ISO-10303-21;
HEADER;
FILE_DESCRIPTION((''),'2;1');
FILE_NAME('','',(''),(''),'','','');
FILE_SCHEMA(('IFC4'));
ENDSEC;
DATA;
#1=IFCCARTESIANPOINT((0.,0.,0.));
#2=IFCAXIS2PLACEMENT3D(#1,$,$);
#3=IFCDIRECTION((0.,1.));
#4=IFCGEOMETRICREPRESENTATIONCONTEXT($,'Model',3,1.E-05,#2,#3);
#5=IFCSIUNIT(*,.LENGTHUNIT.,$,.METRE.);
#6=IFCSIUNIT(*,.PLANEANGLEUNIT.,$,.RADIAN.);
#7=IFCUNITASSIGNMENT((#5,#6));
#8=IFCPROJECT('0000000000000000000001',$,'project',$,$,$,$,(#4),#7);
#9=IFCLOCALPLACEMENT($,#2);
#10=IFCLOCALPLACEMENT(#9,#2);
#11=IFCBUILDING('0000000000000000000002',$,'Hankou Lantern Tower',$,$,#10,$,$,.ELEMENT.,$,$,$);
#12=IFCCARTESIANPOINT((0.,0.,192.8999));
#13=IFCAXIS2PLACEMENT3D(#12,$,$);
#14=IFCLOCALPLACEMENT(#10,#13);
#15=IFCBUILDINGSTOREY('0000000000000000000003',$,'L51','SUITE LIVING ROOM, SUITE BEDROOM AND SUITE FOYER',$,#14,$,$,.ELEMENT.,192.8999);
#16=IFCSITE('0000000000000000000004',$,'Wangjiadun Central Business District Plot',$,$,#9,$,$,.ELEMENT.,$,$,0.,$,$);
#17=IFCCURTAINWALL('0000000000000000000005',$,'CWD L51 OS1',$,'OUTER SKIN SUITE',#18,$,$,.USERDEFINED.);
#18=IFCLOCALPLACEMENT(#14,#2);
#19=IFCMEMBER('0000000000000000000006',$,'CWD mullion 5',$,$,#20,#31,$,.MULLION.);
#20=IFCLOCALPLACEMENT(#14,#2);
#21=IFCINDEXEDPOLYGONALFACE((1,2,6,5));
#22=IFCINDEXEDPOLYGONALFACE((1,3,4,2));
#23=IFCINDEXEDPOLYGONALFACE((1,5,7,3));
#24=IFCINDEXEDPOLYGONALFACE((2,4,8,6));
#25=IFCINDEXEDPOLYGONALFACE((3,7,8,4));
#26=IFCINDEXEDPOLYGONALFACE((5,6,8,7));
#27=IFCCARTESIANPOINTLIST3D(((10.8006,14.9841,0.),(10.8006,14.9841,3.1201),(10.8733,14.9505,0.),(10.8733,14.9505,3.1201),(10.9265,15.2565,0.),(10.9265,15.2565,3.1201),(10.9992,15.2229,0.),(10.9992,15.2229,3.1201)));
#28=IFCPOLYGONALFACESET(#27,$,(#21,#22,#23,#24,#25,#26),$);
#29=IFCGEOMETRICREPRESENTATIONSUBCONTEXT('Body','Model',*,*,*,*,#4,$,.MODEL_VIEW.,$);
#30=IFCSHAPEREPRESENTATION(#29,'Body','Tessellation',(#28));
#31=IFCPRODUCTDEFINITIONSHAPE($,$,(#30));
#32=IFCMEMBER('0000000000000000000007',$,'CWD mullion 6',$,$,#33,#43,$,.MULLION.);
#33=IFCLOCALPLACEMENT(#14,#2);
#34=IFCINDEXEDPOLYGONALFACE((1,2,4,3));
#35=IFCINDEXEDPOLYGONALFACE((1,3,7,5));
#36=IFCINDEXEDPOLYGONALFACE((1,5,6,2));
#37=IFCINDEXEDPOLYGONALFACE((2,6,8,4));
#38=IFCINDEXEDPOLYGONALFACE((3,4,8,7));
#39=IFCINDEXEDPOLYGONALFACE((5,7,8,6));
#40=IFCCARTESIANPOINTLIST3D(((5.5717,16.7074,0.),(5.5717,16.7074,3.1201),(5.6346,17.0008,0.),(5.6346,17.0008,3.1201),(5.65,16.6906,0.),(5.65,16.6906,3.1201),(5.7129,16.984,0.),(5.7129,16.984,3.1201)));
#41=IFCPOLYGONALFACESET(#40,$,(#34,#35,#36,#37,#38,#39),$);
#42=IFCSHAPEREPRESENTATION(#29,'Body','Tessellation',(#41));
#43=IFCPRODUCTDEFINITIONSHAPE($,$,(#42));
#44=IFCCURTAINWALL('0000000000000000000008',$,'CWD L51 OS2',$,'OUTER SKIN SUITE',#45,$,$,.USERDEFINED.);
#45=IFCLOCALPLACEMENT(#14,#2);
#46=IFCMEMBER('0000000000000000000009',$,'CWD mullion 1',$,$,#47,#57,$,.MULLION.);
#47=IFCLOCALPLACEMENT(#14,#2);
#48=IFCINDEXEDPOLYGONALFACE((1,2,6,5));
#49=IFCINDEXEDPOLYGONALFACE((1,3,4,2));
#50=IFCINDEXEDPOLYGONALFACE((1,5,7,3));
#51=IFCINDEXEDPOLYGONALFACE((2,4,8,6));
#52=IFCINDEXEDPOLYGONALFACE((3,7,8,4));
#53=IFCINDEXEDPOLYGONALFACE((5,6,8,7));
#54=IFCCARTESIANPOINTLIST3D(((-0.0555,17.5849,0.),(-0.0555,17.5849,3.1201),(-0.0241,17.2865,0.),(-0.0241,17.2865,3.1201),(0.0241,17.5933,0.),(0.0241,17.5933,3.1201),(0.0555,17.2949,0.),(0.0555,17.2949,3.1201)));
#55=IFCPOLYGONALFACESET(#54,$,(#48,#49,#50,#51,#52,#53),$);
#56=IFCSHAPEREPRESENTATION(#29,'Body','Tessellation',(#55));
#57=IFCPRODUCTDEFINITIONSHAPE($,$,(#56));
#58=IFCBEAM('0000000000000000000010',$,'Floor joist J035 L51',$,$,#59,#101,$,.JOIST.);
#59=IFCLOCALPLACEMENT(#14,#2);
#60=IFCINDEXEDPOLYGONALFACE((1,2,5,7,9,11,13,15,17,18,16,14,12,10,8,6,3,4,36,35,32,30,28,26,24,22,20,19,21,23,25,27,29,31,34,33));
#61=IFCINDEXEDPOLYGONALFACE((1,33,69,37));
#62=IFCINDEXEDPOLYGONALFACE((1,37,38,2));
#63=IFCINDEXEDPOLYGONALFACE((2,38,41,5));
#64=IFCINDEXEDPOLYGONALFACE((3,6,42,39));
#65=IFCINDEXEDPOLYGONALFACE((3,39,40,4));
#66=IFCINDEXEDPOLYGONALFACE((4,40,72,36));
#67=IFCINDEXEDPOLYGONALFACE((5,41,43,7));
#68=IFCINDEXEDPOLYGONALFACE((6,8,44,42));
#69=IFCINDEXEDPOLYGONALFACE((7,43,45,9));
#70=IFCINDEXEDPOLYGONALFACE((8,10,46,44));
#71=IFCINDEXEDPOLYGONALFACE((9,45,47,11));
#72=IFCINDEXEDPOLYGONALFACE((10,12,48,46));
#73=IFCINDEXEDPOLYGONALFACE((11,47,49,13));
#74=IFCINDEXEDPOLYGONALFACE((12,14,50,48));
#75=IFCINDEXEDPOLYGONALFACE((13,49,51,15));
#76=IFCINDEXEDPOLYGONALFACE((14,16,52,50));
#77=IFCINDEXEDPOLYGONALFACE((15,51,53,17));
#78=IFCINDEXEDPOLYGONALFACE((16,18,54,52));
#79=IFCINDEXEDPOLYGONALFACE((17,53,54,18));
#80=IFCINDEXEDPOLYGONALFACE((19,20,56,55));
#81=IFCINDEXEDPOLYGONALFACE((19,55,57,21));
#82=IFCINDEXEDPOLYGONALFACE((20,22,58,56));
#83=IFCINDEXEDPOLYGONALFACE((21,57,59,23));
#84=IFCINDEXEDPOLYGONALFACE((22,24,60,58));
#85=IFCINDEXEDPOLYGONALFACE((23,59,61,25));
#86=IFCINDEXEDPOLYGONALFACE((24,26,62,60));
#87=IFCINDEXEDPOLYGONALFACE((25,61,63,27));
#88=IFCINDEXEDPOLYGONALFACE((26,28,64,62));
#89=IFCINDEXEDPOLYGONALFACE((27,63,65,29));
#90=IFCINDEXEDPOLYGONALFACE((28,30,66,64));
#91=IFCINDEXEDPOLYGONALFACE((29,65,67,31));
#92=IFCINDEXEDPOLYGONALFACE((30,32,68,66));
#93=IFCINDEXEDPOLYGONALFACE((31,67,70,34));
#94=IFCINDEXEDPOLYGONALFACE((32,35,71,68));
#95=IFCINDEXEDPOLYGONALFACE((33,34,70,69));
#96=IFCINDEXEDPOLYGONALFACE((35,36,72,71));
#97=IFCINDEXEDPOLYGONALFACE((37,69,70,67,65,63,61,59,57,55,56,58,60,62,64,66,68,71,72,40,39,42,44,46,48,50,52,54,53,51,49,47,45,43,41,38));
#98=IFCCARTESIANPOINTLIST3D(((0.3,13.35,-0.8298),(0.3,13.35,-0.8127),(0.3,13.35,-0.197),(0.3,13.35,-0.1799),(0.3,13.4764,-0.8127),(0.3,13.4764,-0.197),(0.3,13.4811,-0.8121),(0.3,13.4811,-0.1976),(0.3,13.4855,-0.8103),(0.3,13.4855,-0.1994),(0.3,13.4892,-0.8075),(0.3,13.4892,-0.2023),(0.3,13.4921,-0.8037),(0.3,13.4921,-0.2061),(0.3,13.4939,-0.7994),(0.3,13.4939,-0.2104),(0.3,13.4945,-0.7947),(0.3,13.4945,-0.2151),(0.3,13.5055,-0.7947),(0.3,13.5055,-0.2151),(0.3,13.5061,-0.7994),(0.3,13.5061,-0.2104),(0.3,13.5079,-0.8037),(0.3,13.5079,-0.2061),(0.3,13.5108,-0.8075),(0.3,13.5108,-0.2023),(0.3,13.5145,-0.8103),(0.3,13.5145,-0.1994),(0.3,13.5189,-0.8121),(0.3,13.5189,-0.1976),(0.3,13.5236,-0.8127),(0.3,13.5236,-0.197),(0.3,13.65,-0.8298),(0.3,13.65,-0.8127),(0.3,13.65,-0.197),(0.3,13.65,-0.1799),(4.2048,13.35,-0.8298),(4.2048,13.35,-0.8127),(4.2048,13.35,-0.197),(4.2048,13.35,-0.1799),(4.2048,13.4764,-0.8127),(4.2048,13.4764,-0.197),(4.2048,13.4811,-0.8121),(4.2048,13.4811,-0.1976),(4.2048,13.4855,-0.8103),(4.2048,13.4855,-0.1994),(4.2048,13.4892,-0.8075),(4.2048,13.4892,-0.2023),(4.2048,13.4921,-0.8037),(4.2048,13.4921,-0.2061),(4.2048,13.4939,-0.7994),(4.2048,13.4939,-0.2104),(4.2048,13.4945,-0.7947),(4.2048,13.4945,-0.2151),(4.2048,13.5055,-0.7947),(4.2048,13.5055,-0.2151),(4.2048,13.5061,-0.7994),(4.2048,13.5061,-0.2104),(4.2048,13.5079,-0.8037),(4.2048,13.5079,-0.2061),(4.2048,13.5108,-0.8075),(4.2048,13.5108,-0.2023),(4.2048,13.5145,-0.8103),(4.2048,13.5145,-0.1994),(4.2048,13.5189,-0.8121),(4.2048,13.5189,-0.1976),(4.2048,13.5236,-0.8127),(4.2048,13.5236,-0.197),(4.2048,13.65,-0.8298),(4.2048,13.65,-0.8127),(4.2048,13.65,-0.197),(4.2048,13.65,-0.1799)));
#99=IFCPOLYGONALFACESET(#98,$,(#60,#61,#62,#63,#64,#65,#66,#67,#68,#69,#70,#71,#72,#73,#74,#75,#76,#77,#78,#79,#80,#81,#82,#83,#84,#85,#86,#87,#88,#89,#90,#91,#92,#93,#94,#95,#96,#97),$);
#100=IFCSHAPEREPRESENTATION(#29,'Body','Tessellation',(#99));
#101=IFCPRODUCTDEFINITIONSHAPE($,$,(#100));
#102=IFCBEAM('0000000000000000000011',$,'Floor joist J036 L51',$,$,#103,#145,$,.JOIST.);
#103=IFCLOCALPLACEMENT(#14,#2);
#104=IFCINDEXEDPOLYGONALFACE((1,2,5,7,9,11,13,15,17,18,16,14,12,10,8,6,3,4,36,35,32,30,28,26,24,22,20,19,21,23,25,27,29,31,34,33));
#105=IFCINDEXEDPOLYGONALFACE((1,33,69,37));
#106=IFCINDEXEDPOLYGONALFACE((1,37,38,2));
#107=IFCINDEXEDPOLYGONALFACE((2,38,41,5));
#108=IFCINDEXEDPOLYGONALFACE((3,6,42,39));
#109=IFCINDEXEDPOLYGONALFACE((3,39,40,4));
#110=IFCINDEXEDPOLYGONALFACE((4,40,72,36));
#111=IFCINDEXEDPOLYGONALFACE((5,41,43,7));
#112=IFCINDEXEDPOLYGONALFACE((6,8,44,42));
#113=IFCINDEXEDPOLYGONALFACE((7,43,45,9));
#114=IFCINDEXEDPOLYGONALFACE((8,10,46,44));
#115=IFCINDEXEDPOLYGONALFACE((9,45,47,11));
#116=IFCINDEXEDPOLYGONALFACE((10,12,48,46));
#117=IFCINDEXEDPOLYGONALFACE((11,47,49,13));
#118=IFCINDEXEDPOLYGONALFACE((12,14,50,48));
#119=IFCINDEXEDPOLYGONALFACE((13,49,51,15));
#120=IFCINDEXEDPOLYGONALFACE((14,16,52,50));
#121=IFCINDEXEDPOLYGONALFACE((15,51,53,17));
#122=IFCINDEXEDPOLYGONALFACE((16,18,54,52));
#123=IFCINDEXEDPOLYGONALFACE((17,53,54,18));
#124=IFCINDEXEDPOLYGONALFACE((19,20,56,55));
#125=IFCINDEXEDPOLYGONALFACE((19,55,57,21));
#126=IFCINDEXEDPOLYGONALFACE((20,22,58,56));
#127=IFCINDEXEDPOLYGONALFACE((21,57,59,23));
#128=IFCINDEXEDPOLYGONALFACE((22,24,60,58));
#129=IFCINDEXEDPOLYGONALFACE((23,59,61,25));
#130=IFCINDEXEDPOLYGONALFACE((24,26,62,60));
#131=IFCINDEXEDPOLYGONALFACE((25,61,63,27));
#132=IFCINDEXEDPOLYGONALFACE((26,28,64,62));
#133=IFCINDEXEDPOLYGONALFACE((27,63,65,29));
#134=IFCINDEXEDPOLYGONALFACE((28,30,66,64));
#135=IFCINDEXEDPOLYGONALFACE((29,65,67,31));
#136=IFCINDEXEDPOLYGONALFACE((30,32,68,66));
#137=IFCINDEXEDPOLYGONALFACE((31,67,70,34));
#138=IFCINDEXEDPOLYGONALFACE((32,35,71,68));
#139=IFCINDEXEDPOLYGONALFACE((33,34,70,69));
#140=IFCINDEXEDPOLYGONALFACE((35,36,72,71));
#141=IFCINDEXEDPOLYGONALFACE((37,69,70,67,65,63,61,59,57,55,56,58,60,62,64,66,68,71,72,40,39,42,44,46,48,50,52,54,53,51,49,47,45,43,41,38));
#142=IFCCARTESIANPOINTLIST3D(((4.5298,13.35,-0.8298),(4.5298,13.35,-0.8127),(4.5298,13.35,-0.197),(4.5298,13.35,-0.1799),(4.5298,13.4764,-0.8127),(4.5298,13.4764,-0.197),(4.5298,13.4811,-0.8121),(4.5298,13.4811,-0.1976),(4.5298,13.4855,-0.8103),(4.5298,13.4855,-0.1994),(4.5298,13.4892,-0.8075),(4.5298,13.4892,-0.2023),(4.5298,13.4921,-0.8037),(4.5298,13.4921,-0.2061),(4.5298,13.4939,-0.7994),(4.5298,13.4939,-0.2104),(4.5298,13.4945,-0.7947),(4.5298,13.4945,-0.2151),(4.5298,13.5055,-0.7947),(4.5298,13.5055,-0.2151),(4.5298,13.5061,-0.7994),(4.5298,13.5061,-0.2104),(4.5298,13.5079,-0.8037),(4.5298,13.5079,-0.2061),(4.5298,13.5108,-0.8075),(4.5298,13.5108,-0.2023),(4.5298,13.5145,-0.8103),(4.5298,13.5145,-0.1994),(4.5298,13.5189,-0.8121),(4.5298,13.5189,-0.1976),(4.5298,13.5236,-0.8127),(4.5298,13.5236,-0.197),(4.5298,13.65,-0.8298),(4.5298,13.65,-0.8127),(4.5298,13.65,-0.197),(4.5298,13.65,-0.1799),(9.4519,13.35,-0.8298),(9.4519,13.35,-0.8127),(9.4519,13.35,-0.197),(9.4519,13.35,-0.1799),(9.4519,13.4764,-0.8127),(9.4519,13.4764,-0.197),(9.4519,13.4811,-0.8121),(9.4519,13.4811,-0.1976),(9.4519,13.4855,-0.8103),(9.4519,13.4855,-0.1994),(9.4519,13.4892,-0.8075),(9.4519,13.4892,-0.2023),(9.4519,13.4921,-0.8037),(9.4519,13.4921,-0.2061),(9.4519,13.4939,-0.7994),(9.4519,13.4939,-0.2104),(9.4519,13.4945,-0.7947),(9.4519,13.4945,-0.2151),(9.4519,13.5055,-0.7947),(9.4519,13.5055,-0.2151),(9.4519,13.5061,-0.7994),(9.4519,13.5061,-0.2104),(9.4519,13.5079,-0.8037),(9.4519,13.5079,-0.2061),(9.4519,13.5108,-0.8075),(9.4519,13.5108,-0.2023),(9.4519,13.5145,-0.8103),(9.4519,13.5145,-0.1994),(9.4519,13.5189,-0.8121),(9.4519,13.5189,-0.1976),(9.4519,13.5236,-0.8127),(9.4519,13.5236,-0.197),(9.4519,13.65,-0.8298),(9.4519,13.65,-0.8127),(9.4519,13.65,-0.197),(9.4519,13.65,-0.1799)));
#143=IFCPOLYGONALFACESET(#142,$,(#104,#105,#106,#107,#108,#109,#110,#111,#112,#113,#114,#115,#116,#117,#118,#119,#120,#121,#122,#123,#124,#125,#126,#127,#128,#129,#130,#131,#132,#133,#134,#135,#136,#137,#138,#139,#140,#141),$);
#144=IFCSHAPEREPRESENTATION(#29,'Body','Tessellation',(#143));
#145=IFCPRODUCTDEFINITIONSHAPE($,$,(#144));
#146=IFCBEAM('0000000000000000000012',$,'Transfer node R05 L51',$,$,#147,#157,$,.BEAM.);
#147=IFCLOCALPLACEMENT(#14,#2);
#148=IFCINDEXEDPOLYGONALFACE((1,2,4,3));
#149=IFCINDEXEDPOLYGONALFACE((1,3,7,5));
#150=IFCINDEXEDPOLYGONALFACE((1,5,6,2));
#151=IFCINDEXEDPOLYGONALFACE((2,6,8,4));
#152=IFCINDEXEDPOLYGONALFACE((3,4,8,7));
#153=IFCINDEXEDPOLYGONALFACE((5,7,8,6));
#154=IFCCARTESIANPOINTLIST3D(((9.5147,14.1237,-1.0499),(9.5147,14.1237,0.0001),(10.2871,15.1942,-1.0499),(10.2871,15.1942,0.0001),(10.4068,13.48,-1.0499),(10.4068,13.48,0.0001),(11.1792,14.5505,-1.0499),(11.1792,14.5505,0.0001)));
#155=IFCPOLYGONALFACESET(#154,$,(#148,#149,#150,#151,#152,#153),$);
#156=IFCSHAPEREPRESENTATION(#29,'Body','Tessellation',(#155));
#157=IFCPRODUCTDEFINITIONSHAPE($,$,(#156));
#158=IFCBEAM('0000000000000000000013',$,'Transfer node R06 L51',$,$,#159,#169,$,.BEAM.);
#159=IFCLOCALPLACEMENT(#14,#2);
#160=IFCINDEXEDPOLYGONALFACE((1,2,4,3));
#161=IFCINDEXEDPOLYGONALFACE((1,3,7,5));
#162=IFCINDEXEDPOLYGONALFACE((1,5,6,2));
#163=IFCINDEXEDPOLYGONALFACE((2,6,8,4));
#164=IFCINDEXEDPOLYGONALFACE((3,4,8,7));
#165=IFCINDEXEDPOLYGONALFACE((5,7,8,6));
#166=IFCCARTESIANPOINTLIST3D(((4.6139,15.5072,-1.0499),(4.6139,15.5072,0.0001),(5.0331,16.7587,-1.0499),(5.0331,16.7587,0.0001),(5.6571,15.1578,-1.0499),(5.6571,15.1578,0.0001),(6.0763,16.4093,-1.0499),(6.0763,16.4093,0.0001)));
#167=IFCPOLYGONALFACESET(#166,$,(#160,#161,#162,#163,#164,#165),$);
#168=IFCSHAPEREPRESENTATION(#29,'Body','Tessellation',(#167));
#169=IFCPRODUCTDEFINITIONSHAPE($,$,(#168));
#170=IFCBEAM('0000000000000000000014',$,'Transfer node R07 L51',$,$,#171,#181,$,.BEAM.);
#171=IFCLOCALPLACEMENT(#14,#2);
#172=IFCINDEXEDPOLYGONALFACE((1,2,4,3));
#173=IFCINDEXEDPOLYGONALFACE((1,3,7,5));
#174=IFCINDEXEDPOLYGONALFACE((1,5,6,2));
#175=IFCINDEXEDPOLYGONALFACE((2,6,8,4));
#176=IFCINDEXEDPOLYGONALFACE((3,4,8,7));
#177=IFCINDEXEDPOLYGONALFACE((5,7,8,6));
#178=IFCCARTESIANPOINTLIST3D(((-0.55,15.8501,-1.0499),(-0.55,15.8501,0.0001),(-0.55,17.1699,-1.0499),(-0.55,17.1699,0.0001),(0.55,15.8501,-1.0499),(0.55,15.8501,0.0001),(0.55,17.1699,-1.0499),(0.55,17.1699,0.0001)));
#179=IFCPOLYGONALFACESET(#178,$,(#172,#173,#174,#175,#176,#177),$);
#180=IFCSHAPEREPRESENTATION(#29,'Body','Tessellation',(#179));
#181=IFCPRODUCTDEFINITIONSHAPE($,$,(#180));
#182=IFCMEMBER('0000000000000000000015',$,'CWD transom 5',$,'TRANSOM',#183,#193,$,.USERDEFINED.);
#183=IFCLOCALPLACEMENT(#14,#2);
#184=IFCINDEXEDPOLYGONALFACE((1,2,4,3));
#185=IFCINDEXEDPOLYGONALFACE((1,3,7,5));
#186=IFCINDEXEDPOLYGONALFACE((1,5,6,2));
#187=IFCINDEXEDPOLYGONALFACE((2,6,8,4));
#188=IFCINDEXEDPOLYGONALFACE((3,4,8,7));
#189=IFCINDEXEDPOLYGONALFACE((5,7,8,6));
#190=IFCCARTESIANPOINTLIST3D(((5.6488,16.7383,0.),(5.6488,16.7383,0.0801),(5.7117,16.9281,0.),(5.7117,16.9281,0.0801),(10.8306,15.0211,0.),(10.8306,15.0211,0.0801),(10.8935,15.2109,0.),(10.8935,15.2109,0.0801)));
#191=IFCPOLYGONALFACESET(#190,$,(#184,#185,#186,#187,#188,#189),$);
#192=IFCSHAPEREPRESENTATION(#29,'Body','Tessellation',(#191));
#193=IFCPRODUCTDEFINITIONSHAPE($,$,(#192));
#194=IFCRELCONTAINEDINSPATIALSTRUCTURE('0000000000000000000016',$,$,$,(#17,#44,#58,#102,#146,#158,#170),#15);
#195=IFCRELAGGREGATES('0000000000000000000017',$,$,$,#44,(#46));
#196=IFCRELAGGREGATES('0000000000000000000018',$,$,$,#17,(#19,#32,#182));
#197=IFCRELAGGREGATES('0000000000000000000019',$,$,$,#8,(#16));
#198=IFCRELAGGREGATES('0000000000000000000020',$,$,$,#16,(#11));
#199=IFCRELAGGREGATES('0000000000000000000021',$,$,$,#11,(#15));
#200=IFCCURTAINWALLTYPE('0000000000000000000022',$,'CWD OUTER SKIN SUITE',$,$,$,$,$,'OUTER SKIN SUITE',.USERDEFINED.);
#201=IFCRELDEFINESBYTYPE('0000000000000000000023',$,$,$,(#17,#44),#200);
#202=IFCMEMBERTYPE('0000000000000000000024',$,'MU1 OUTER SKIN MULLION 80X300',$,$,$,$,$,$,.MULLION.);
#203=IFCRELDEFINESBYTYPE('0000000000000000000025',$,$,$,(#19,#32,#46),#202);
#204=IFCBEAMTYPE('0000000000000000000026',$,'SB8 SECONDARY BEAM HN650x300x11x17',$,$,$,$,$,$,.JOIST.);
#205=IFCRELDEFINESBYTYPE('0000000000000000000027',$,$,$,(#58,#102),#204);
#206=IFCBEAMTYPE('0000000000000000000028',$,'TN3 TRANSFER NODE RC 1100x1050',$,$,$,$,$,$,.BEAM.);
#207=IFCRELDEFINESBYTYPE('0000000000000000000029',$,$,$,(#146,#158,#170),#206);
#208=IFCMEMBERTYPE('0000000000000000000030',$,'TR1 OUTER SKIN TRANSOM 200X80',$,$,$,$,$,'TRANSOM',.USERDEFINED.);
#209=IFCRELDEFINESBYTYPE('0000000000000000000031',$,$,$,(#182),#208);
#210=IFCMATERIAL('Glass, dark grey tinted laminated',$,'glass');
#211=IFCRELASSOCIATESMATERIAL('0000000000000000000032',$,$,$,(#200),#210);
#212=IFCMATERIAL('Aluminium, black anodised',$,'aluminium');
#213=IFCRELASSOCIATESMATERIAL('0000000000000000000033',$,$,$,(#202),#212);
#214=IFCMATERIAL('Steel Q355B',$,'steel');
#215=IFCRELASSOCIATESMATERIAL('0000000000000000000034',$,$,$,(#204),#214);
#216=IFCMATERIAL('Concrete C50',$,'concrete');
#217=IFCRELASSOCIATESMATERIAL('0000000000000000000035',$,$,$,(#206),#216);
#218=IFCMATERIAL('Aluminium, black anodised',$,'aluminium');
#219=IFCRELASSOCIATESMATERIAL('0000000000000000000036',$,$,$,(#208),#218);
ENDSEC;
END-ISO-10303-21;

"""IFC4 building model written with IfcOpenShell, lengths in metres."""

from ifc_helpers import new_model, si_unit, direction, frame, origin, origin_2d, place, context, subcontext, project, spatial, rectangle, i_section, extrude, material, material_profile, profile_set, type_object, element, aggregate, save


model = new_model("IFC4")

# Units and contexts
model_context = context("Model", 3, precision=1e-05, world=origin(), true_north=direction((0.0, 1.0)))
body_context = subcontext(model_context, "Body", "Model", "MODEL_VIEW")
ifc_project = project(units=[si_unit("LENGTHUNIT", "METRE"), si_unit("PLANEANGLEUNIT", "RADIAN")], contexts=[model_context])

# Site, building, storey
site_placement = place(None, origin())
site = spatial("IfcSite", under=ifc_project, at=site_placement, Name="Wangjiadun Central Business District Plot", CompositionType="ELEMENT", RefElevation=0.0)
building_placement = place(site_placement, origin())
building = spatial("IfcBuilding", under=site, at=building_placement, Name="Hankou Lantern Tower", CompositionType="ELEMENT")
storey_placement = place(building_placement, frame((0.0, 0.0, 192.8999)))
storey = spatial("IfcBuildingStorey", under=building, at=storey_placement, Name="L51", Description="SUITE LIVING ROOM, SUITE BEDROOM AND SUITE FOYER", CompositionType="ELEMENT", Elevation=192.8999)

# Curtain wall, members
ifc_material_1 = material(Name="Glass, dark grey tinted laminated", Category="glass")
curtain_wall_type = type_object("IfcCurtainWallType", Name="CWD OUTER SKIN SUITE", ElementType="OUTER SKIN SUITE", PredefinedType="USERDEFINED", material=ifc_material_1)
curtain_wall_1_placement = place(storey_placement, origin())
curtain_wall_1 = element("IfcCurtainWall", 1, at=curtain_wall_1_placement, inside=storey, type_object=curtain_wall_type, Name="CWD L51 OS1", ObjectType="OUTER SKIN SUITE", PredefinedType="USERDEFINED")
ifc_material_2 = material(Name="Aluminium, black anodised", Category="aluminium")
ifc_material_profile_1 = material_profile(ifc_material_2, rectangle(XDim=0.0801, YDim=0.3, at=origin_2d()), Name="MU1 80X300")
ifc_profile_set_1 = profile_set([ifc_material_profile_1], Name="Aluminium, black anodised")
member_type_1 = type_object("IfcMemberType", Name="MU1 OUTER SKIN MULLION 80X300", PredefinedType="MULLION", material=ifc_profile_set_1)
member_1_placement = place(storey_placement, frame((10.8999, 15.1035, 0.0), z_axis=(0.0, 0.0, 1.0), x_axis=(-0.907841, 0.419314, 0.0)))
member_1 = element("IfcMember", 2, at=member_1_placement, type_object=member_type_1, Name="CWD mullion 5", PredefinedType="MULLION", context=body_context, shape_type="SweptSolid", body=[
    extrude(rectangle(XDim=0.0801, YDim=0.3, at=origin_2d()), origin(), (0.0, 0.0, 1.0), 3.1201),
])
member_2_placement = place(storey_placement, frame((5.6423, 16.8457, 0.0), z_axis=(0.0, 0.0, 1.0), x_axis=(-0.977788, 0.209598, 0.0)))
member_2 = element("IfcMember", 3, at=member_2_placement, type_object=member_type_1, Name="CWD mullion 6", PredefinedType="MULLION", context=body_context, shape_type="SweptSolid", body=[
    extrude(rectangle(XDim=0.0801, YDim=0.3, at=origin_2d()), origin(), (0.0, 0.0, 1.0), 3.1201),
])

# Curtain wall, member
curtain_wall_2_placement = place(storey_placement, origin())
curtain_wall_2 = element("IfcCurtainWall", 4, at=curtain_wall_2_placement, inside=storey, type_object=curtain_wall_type, Name="CWD L51 OS2", ObjectType="OUTER SKIN SUITE", PredefinedType="USERDEFINED")
member_3_placement = place(storey_placement, frame((0.0, 17.4399, 0.0), z_axis=(0.0, 0.0, 1.0), x_axis=(-0.994499, -0.104743, 0.0)))
member_3 = element("IfcMember", 5, at=member_3_placement, type_object=member_type_1, Name="CWD mullion 1", PredefinedType="MULLION", context=body_context, shape_type="SweptSolid", body=[
    extrude(rectangle(XDim=0.0801, YDim=0.3, at=origin_2d()), origin(), (0.0, 0.0, 1.0), 3.1201),
])
aggregate(curtain_wall_2, [member_3])

# Beams
ifc_material_3 = material(Name="Steel Q355B", Category="steel")
ifc_material_profile_2 = material_profile(ifc_material_3, i_section(OverallWidth=0.3, OverallDepth=0.6499, WebThickness=0.011, FlangeThickness=0.0171, FilletRadius=0.0181, at=origin_2d()), Name="HN650x300x11x17")
ifc_profile_set_2 = profile_set([ifc_material_profile_2], Name="Steel Q355B")
beam_type_1 = type_object("IfcBeamType", Name="SB8 SECONDARY BEAM HN650x300x11x17", PredefinedType="JOIST", material=ifc_profile_set_2)
beam_1_placement = place(storey_placement, frame((0.3, 13.5, -0.5049), z_axis=(1.0, 0.0, 0.0), x_axis=(0.0, 1.0, 0.0)))
element("IfcBeam", 6, at=beam_1_placement, inside=storey, type_object=beam_type_1, Name="Floor joist J035 L51", PredefinedType="JOIST", context=body_context, shape_type="SweptSolid", body=[
    extrude(i_section(OverallWidth=0.3, OverallDepth=0.6499, WebThickness=0.011, FlangeThickness=0.0171, FilletRadius=0.0181, at=origin_2d()), origin(), (0.0, 0.0, 1.0), 3.9048),
])
beam_2_placement = place(storey_placement, frame((4.5298, 13.5, -0.5049), z_axis=(1.0, 0.0, 0.0), x_axis=(0.0, 1.0, 0.0)))
element("IfcBeam", 7, at=beam_2_placement, inside=storey, type_object=beam_type_1, Name="Floor joist J036 L51", PredefinedType="JOIST", context=body_context, shape_type="SweptSolid", body=[
    extrude(i_section(OverallWidth=0.3, OverallDepth=0.6499, WebThickness=0.011, FlangeThickness=0.0171, FilletRadius=0.0181, at=origin_2d()), origin(), (0.0, 0.0, 1.0), 4.9221),
])
ifc_material_4 = material(Name="Concrete C50", Category="concrete")
ifc_material_profile_3 = material_profile(ifc_material_4, rectangle(XDim=1.1001, YDim=1.05, at=origin_2d()), Name="RC 1100x1050")
ifc_profile_set_3 = profile_set([ifc_material_profile_3], Name="Concrete C50")
beam_type_2 = type_object("IfcBeamType", Name="TN3 TRANSFER NODE RC 1100x1050", PredefinedType="BEAM", material=ifc_profile_set_3)
beam_3_placement = place(storey_placement, frame((10.7332, 14.8723, -0.5249), z_axis=(-0.585133, -0.810938, 0.0), x_axis=(0.810938, -0.585133, 0.0)))
element("IfcBeam", 8, at=beam_3_placement, inside=storey, type_object=beam_type_2, Name="Transfer node R05 L51", PredefinedType="BEAM", context=body_context, shape_type="SweptSolid", body=[
    extrude(rectangle(XDim=1.1001, YDim=1.05, at=origin_2d()), origin(), (0.0, 0.0, 1.0), 1.3201),
])
for number, where, z_axis, x_axis, name in (
    (9, (5.5547, 16.584, -0.5249), (-0.317615, -0.94822, 0.0), (0.94822, -0.317615, 0.0), "Transfer node R06 L51"),
    (10, (0.0, 17.1699, -0.5249), (0.0, -1.0, 0.0), (1.0, 0.0, 0.0), "Transfer node R07 L51"),
):
    element("IfcBeam", number, at=place(storey_placement, frame(where, z_axis=z_axis, x_axis=x_axis)), inside=storey, type_object=beam_type_2, Name=name, PredefinedType="BEAM", context=body_context, shape_type="SweptSolid", body=[
        extrude(rectangle(XDim=1.1001, YDim=1.05, at=origin_2d()), origin(), (0.0, 0.0, 1.0), 1.3198),
    ])

# Member
ifc_material_5 = material(Name="Aluminium, black anodised", Category="aluminium")
ifc_material_profile_4 = material_profile(ifc_material_5, rectangle(XDim=0.2, YDim=0.0801, at=origin_2d()), Name="TR1 200X80")
ifc_profile_set_4 = profile_set([ifc_material_profile_4], Name="Aluminium, black anodised")
member_type_2 = type_object("IfcMemberType", Name="TR1 OUTER SKIN TRANSOM 200X80", ElementType="TRANSOM", PredefinedType="USERDEFINED", material=ifc_profile_set_4)
member_4_placement = place(storey_placement, frame((10.8621, 15.116, 0.04), z_axis=(-0.949232, 0.314577, 0.0), x_axis=(-0.314577, -0.949232, 0.0)))
member_4 = element("IfcMember", 11, at=member_4_placement, type_object=member_type_2, Name="CWD transom 5", ObjectType="TRANSOM", PredefinedType="USERDEFINED", context=body_context, shape_type="SweptSolid", body=[
    extrude(rectangle(XDim=0.2, YDim=0.0801, at=origin_2d()), origin(), (0.0, 0.0, 1.0), 5.459),
])

aggregate(curtain_wall_1, [member_1, member_2, member_4])

save(model, "model.ifc")
